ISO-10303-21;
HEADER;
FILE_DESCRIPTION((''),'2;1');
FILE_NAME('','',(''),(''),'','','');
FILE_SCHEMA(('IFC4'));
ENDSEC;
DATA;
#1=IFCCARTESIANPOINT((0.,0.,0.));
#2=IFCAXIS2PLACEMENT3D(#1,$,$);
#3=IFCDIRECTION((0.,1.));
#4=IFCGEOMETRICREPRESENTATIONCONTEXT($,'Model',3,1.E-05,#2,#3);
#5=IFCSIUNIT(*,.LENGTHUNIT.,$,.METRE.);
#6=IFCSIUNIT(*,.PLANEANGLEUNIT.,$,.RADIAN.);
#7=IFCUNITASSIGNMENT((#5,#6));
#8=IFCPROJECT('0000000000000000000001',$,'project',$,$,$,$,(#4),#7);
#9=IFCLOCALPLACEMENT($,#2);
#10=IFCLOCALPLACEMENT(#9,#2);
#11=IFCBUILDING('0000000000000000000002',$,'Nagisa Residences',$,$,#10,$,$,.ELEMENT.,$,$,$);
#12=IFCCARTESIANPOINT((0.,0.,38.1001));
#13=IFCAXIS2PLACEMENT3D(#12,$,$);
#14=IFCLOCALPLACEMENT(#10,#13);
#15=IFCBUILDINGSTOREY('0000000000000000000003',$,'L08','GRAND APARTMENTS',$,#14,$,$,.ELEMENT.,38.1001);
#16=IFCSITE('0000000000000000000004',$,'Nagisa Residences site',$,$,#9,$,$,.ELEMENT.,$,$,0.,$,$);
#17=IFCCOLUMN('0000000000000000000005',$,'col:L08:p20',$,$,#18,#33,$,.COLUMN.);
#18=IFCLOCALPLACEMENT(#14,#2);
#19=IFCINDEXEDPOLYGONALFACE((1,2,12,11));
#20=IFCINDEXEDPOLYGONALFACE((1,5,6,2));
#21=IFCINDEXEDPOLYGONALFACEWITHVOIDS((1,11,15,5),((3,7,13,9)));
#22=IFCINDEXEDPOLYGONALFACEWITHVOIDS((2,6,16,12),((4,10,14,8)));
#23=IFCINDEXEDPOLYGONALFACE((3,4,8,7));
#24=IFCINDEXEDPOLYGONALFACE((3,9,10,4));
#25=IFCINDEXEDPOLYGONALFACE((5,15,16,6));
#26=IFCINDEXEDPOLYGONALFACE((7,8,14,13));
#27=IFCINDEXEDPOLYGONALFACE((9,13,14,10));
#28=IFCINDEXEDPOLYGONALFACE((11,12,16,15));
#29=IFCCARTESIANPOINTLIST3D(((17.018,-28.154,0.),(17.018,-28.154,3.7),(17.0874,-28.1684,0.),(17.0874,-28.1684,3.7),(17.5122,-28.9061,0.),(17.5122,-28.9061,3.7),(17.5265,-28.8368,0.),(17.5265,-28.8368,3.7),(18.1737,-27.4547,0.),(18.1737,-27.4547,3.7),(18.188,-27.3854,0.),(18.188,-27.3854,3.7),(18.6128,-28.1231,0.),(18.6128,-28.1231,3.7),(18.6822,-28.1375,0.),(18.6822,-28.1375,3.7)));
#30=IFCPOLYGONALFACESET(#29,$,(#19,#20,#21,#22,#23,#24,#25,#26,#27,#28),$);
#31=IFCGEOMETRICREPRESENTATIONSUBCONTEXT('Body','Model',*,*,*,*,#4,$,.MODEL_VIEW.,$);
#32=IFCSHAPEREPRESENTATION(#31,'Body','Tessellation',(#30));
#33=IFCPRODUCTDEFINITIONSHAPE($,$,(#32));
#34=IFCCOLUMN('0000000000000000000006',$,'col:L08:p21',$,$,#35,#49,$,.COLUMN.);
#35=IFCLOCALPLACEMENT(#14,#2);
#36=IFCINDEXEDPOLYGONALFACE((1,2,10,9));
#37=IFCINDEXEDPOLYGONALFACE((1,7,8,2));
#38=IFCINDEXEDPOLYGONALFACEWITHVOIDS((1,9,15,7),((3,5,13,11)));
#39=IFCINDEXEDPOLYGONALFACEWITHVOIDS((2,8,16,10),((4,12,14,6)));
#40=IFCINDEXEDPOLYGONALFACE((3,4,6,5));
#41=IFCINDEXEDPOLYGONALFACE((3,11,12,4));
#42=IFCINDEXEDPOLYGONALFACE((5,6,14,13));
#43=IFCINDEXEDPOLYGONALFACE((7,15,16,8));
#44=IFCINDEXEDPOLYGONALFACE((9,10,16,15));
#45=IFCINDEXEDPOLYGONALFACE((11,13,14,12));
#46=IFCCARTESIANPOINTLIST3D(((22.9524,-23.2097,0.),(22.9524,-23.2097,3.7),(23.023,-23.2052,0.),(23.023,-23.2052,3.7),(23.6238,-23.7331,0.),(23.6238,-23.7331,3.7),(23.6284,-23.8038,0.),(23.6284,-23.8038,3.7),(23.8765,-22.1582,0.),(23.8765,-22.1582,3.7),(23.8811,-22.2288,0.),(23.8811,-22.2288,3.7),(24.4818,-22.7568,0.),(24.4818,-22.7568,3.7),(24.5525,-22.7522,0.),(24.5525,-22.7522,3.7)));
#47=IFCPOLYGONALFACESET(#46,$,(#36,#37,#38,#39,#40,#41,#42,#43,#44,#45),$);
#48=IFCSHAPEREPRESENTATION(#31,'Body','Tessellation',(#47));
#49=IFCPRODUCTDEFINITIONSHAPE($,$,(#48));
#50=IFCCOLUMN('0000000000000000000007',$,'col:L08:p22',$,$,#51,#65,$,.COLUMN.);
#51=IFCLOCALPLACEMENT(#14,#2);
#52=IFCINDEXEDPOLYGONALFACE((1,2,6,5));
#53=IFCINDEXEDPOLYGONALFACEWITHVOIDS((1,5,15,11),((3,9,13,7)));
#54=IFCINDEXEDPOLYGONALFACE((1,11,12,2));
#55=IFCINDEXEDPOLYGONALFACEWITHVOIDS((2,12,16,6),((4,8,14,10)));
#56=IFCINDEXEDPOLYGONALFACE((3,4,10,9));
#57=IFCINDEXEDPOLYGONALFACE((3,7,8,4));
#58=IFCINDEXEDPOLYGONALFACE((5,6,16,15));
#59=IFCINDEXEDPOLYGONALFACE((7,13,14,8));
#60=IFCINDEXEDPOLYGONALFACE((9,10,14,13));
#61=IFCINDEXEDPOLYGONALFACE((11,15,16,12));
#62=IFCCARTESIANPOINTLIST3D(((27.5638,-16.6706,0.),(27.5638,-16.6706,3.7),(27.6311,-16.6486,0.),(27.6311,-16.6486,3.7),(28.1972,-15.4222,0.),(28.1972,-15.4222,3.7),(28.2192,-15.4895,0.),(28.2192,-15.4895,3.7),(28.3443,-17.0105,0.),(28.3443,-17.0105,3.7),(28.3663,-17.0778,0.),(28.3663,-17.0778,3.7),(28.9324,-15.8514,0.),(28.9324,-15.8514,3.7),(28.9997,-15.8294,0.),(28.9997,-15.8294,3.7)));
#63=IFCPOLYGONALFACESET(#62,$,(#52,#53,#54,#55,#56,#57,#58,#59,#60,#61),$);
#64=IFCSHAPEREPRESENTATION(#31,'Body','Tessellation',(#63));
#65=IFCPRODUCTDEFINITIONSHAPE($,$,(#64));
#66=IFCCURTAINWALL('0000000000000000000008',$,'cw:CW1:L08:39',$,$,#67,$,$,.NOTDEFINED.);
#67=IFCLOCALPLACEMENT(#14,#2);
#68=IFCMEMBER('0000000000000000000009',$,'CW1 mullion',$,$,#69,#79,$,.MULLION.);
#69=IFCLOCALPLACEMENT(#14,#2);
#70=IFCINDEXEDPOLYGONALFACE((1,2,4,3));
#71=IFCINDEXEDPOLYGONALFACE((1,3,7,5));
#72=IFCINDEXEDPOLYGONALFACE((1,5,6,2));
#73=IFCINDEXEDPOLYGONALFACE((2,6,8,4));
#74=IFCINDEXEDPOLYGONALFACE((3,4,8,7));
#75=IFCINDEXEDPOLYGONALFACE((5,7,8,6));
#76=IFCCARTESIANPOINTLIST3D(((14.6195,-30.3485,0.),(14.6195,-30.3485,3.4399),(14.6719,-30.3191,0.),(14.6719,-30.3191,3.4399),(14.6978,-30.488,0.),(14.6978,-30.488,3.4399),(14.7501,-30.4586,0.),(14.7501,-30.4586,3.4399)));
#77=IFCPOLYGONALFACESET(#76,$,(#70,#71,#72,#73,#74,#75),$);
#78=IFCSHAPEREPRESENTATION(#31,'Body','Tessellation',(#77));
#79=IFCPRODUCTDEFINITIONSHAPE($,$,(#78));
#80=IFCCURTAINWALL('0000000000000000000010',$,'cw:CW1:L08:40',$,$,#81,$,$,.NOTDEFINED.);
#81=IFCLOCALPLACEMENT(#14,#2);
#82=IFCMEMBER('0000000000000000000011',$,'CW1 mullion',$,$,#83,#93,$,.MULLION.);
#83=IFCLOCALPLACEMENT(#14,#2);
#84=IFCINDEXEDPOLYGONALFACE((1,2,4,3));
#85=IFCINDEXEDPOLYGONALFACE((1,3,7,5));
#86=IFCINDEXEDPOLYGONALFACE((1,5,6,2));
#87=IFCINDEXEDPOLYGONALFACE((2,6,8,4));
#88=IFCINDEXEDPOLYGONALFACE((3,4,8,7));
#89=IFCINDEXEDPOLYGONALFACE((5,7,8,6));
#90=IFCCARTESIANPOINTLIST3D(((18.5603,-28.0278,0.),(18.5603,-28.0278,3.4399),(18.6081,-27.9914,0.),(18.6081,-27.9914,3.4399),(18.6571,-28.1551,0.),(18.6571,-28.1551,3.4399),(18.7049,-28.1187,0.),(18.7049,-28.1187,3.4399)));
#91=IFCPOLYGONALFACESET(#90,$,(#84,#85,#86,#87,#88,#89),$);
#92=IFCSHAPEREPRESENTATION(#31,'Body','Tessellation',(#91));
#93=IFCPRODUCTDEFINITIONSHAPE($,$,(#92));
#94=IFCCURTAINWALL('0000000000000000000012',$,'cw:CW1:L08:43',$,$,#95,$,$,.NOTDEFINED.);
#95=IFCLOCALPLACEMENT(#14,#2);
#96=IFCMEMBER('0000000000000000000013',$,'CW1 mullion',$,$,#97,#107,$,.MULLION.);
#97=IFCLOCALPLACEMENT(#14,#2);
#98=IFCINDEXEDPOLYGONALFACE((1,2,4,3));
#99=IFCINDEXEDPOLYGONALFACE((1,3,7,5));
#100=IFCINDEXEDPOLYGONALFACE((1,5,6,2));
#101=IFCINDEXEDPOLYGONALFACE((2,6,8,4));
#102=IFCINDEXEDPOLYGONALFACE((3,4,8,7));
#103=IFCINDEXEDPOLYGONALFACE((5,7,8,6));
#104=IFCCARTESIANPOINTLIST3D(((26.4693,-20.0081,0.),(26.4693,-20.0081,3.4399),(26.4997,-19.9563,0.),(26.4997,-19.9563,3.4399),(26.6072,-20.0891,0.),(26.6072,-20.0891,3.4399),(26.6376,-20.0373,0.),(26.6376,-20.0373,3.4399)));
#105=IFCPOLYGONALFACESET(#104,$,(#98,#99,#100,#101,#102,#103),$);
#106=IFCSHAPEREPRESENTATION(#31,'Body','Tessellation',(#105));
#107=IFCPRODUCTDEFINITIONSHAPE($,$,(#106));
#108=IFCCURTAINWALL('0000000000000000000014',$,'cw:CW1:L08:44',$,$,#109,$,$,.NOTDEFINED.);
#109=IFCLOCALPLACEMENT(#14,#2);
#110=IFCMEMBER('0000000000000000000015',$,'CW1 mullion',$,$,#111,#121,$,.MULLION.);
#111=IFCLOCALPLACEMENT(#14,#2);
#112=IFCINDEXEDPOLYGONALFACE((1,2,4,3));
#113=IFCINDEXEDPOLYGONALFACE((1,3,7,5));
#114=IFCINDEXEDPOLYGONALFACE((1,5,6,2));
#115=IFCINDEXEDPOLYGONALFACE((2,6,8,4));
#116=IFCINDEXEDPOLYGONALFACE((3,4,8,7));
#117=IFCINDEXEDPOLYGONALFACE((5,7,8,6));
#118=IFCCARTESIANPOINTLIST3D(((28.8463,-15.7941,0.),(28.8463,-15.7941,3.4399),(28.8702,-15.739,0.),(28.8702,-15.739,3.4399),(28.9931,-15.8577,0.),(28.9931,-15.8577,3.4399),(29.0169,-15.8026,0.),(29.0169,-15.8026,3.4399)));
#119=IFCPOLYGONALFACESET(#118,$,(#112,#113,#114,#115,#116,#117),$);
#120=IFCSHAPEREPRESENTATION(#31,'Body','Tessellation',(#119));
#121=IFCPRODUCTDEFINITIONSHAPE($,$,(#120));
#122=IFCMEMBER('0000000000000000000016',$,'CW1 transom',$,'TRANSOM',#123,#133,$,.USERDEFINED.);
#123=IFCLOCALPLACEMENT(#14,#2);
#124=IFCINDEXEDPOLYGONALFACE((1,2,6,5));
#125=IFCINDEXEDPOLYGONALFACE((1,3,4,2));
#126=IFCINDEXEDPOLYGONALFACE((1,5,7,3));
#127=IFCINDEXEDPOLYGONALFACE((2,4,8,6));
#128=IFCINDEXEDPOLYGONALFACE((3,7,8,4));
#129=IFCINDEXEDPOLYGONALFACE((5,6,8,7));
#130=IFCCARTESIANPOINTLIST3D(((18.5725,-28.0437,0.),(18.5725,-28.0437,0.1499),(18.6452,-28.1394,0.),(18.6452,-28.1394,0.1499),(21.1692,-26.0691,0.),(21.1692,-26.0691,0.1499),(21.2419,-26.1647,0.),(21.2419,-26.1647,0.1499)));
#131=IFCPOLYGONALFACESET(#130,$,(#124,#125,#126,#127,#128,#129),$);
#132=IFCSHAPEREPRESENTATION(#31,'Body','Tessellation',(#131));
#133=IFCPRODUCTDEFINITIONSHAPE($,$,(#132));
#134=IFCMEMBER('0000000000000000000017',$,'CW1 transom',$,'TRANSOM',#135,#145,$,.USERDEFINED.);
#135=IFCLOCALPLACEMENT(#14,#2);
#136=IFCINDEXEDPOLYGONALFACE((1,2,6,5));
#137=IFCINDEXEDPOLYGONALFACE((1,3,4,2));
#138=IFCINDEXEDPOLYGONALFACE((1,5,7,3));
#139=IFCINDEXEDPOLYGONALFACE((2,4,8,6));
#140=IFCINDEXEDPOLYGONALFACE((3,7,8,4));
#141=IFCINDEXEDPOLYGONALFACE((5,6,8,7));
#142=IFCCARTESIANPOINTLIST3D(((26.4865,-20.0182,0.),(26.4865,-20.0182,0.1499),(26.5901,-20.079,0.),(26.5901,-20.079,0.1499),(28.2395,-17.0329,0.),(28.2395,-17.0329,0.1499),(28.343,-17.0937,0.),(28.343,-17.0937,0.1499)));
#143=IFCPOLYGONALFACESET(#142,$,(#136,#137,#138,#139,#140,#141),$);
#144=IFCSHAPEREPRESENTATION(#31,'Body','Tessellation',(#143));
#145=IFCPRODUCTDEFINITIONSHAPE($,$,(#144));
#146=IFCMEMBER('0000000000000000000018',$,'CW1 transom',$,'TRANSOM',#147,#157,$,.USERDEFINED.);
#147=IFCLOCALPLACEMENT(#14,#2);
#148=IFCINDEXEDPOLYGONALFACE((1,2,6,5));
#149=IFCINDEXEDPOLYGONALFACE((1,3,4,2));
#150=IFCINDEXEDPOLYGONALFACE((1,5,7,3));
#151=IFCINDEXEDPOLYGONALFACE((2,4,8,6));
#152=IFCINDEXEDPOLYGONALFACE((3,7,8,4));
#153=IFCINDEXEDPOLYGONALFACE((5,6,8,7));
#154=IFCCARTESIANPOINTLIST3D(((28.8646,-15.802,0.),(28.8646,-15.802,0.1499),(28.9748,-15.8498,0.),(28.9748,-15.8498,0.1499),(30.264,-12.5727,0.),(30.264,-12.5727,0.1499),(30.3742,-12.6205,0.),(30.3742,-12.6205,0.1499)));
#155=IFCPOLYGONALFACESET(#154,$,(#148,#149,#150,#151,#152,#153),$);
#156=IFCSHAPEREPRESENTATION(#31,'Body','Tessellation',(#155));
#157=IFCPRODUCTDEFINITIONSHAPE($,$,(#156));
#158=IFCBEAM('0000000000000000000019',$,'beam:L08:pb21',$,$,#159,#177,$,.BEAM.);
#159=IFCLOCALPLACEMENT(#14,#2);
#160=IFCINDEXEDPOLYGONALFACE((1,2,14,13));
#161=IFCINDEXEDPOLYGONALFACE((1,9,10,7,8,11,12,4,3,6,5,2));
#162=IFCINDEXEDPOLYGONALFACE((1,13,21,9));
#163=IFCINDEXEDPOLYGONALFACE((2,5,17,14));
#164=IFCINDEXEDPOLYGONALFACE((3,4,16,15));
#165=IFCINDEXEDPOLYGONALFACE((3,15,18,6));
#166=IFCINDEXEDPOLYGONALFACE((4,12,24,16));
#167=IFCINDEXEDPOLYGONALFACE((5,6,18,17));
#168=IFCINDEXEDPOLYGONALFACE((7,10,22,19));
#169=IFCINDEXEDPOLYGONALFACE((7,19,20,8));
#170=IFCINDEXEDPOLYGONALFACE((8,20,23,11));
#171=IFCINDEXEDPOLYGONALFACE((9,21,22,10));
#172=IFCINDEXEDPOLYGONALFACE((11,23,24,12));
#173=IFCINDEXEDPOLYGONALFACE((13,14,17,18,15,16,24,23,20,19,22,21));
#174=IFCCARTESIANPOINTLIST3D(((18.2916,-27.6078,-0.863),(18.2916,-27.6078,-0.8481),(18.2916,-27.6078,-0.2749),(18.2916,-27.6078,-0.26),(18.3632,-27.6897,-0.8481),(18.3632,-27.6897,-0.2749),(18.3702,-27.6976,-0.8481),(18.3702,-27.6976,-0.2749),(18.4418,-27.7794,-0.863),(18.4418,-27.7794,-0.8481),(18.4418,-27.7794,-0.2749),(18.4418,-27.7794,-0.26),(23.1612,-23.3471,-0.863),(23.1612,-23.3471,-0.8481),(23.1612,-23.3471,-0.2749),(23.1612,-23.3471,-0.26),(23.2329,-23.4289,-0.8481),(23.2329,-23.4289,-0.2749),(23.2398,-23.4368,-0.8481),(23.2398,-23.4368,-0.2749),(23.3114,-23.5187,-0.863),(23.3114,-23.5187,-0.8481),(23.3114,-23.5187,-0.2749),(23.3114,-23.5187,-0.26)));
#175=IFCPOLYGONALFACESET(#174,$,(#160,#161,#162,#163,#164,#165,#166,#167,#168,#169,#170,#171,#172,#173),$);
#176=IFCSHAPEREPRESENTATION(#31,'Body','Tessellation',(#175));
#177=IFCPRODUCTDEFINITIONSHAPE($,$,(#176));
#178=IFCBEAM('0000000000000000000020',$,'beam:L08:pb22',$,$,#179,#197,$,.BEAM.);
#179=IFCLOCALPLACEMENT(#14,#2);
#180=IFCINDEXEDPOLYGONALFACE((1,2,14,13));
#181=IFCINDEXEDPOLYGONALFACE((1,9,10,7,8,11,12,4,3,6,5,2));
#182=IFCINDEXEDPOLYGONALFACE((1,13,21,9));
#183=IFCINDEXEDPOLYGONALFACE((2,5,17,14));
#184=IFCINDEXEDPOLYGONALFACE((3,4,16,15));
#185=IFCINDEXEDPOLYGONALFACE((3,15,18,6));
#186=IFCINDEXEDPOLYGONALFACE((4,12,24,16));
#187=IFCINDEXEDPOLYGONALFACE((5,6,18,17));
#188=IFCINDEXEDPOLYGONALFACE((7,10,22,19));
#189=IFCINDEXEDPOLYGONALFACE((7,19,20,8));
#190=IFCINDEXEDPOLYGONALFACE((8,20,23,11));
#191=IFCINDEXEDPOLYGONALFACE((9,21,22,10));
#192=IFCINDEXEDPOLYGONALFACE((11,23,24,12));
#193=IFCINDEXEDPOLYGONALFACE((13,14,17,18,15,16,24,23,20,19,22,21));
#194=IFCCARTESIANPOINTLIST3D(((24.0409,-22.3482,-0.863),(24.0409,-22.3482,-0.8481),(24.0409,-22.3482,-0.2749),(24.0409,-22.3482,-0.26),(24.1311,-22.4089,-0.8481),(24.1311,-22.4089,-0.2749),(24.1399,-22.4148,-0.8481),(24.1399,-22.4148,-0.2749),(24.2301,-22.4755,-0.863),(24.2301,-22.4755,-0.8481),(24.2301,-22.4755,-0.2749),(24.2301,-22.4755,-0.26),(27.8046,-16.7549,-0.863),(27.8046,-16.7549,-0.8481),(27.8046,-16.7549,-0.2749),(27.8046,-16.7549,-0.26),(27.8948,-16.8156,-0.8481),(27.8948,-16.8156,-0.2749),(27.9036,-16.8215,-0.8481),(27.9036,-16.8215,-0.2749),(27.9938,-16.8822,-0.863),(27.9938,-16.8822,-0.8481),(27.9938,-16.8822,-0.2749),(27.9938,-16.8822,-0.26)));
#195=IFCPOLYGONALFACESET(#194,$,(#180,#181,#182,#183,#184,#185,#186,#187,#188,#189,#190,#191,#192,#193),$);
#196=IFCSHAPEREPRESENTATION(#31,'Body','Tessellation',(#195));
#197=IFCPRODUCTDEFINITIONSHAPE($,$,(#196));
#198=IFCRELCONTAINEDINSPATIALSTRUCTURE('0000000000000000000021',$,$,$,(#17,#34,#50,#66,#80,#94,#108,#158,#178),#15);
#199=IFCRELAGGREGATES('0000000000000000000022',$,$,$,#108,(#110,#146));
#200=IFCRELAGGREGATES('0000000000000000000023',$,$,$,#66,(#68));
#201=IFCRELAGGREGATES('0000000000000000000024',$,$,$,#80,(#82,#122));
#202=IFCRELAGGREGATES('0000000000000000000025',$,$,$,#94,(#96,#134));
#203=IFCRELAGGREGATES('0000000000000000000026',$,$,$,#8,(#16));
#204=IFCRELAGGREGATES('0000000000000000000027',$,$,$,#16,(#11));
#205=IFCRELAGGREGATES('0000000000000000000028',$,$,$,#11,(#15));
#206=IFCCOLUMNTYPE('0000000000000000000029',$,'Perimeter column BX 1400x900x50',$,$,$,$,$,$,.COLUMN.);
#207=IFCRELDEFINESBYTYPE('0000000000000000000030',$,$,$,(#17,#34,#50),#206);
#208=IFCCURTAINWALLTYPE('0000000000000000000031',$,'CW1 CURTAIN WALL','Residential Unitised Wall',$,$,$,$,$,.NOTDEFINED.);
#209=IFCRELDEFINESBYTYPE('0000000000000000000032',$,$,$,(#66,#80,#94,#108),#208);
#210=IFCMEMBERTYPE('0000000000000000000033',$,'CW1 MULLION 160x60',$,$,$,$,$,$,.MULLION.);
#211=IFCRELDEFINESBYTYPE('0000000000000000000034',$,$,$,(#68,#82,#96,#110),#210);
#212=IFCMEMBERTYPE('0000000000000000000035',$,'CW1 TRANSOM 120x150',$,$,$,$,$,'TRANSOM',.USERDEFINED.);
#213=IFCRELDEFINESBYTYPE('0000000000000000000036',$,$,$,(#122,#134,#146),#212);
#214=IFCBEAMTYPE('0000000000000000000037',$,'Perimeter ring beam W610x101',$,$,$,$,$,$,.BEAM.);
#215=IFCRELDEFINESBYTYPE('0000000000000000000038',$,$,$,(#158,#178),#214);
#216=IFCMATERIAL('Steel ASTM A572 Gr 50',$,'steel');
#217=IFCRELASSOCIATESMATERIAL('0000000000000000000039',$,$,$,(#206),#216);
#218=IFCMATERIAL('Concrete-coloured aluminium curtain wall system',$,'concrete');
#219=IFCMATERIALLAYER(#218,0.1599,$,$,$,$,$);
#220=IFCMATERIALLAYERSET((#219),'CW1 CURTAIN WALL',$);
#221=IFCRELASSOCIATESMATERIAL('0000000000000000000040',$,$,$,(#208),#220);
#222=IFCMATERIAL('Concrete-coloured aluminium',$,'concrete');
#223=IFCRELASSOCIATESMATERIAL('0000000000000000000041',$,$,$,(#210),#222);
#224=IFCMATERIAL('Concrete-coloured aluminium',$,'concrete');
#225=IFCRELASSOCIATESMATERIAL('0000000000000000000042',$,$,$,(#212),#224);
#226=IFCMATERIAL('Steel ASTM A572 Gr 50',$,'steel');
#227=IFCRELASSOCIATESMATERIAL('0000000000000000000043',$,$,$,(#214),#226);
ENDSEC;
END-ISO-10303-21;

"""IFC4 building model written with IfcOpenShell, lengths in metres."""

from ifc_helpers import new_model, si_unit, direction, frame, origin, origin_2d, place, context, subcontext, project, spatial, rectangle, hollow_rectangle, i_section, extrude, material, layer, layer_set, material_profile, profile_set, type_object, element, aggregate, save


model = new_model("IFC4")

# Units and contexts
model_context = context("Model", 3, precision=1e-05, world=origin(), true_north=direction((0.0, 1.0)))
body_context = subcontext(model_context, "Body", "Model", "MODEL_VIEW")
ifc_project = project(units=[si_unit("LENGTHUNIT", "METRE"), si_unit("PLANEANGLEUNIT", "RADIAN")], contexts=[model_context])

# Site, building, storey
site_placement = place(None, origin())
site = spatial("IfcSite", under=ifc_project, at=site_placement, Name="Nagisa Residences site", CompositionType="ELEMENT", RefElevation=0.0)
building_placement = place(site_placement, origin())
building = spatial("IfcBuilding", under=site, at=building_placement, Name="Nagisa Residences", CompositionType="ELEMENT")
storey_placement = place(building_placement, frame((0.0, 0.0, 38.1001)))
storey = spatial("IfcBuildingStorey", under=building, at=storey_placement, Name="L08", Description="GRAND APARTMENTS", CompositionType="ELEMENT", Elevation=38.1001)

# Columns
ifc_material_1 = material(Name="Steel ASTM A572 Gr 50", Category="steel")
ifc_material_profile_1 = material_profile(ifc_material_1, hollow_rectangle(XDim=1.3999, YDim=0.8999, WallThickness=0.05, at=origin_2d()), Name="BX 1400x900x50")
ifc_profile_set_1 = profile_set([ifc_material_profile_1], Name="Steel ASTM A572 Gr 50")
column_type = type_object("IfcColumnType", Name="Perimeter column BX 1400x900x50", PredefinedType="COLUMN", material=ifc_profile_set_1)
for number, where, z_axis, x_axis, name in (
    (1, (17.8501, -28.1458, 0.0), (0.0, 0.0, 1.0), (0.835766, 0.549086, 0.0), "col:L08:p20"),
    (2, (23.7524, -22.981, 0.0), (0.0, 0.0, 1.0), (0.660115, 0.751165, 0.0), "col:L08:p21"),
    (3, (28.2817, -16.25, 0.0), (0.0, 0.0, 1.0), (0.452463, 0.891783, 0.0), "col:L08:p22"),
):
    element("IfcColumn", number, at=place(storey_placement, frame(where, z_axis=z_axis, x_axis=x_axis)), inside=storey, type_object=column_type, Name=name, PredefinedType="COLUMN", context=body_context, shape_type="SweptSolid", body=[
        extrude(hollow_rectangle(XDim=1.3999, YDim=0.8999, WallThickness=0.05, at=origin_2d()), origin(), (0.0, 0.0, 1.0), 3.7),
    ])

# Curtain walls, members
ifc_material_2 = material(Name="Concrete-coloured aluminium curtain wall system", Category="concrete")
ifc_layer_1 = layer(ifc_material_2, 0.1599)
ifc_layer_set_1 = layer_set([ifc_layer_1], Name="CW1 CURTAIN WALL")
curtain_wall_type = type_object("IfcCurtainWallType", Name="CW1 CURTAIN WALL", Description="Residential Unitised Wall", PredefinedType="NOTDEFINED", material=ifc_layer_set_1)
curtain_wall_1_placement = place(storey_placement, origin())
curtain_wall_1 = element("IfcCurtainWall", 4, at=curtain_wall_1_placement, inside=storey, type_object=curtain_wall_type, Name="cw:CW1:L08:39", PredefinedType="NOTDEFINED")
ifc_material_3 = material(Name="Concrete-coloured aluminium", Category="concrete")
ifc_material_profile_2 = material_profile(ifc_material_3, rectangle(XDim=0.1599, YDim=0.0601, at=origin_2d()), Name="CW1 MULLION 160x60")
ifc_profile_set_2 = profile_set([ifc_material_profile_2], Name="Concrete-coloured aluminium")
member_type_1 = type_object("IfcMemberType", Name="CW1 MULLION 160x60", PredefinedType="MULLION", material=ifc_profile_set_2)
member_1_placement = place(storey_placement, frame((14.6848, -30.4036, 0.0), z_axis=(0.0, 0.0, 1.0), x_axis=(-0.489377, 0.872072, 0.0)))
member_1 = element("IfcMember", 5, at=member_1_placement, type_object=member_type_1, Name="CW1 mullion", PredefinedType="MULLION", context=body_context, shape_type="SweptSolid", body=[
    extrude(rectangle(XDim=0.1599, YDim=0.0601, at=origin_2d()), origin(), (0.0, 0.0, 1.0), 3.4399),
])
curtain_wall_2_placement = place(storey_placement, origin())
curtain_wall_2 = element("IfcCurtainWall", 6, at=curtain_wall_2_placement, inside=storey, type_object=curtain_wall_type, Name="cw:CW1:L08:40", PredefinedType="NOTDEFINED")
member_2_placement = place(storey_placement, frame((18.6326, -28.0732, 0.0), z_axis=(0.0, 0.0, 1.0), x_axis=(-0.605255, 0.796031, 0.0)))
member_2 = element("IfcMember", 7, at=member_2_placement, type_object=member_type_1, Name="CW1 mullion", PredefinedType="MULLION", context=body_context, shape_type="SweptSolid", body=[
    extrude(rectangle(XDim=0.1599, YDim=0.0601, at=origin_2d()), origin(), (0.0, 0.0, 1.0), 3.4399),
])
curtain_wall_3_placement = place(storey_placement, origin())
curtain_wall_3 = element("IfcCurtainWall", 8, at=curtain_wall_3_placement, inside=storey, type_object=curtain_wall_type, Name="cw:CW1:L08:43", PredefinedType="NOTDEFINED")
member_3_placement = place(storey_placement, frame((26.5535, -20.0227, 0.0), z_axis=(0.0, 0.0, 1.0), x_axis=(-0.862329, 0.506349, 0.0)))
member_3 = element("IfcMember", 9, at=member_3_placement, type_object=member_type_1, Name="CW1 mullion", PredefinedType="MULLION", context=body_context, shape_type="SweptSolid", body=[
    extrude(rectangle(XDim=0.1599, YDim=0.0601, at=origin_2d()), origin(), (0.0, 0.0, 1.0), 3.4399),
])
curtain_wall_4_placement = place(storey_placement, origin())
curtain_wall_4 = element("IfcCurtainWall", 10, at=curtain_wall_4_placement, inside=storey, type_object=curtain_wall_type, Name="cw:CW1:L08:44", PredefinedType="NOTDEFINED")
member_4_placement = place(storey_placement, frame((28.9316, -15.7983, 0.0), z_axis=(0.0, 0.0, 1.0), x_axis=(-0.917543, 0.397636, 0.0)))
member_4 = element("IfcMember", 11, at=member_4_placement, type_object=member_type_1, Name="CW1 mullion", PredefinedType="MULLION", context=body_context, shape_type="SweptSolid", body=[
    extrude(rectangle(XDim=0.1599, YDim=0.0601, at=origin_2d()), origin(), (0.0, 0.0, 1.0), 3.4399),
])

# Members
ifc_material_4 = material(Name="Concrete-coloured aluminium", Category="concrete")
ifc_material_profile_3 = material_profile(ifc_material_4, rectangle(XDim=0.1201, YDim=0.1499, at=origin_2d()), Name="CW1 TRANSOM 120x150")
ifc_profile_set_3 = profile_set([ifc_material_profile_3], Name="Concrete-coloured aluminium")
member_type_2 = type_object("IfcMemberType", Name="CW1 TRANSOM 120x150", ElementType="TRANSOM", PredefinedType="USERDEFINED", material=ifc_profile_set_3)
member_5_placement = place(storey_placement, frame((18.6089, -28.0916, 0.075), z_axis=(0.795995, 0.605303, 0.0), x_axis=(-0.605303, 0.795995, 0.0)))
member_5 = element("IfcMember", 12, at=member_5_placement, type_object=member_type_2, Name="CW1 transom", ObjectType="TRANSOM", PredefinedType="USERDEFINED", context=body_context, shape_type="SweptSolid", body=[
    extrude(rectangle(XDim=0.1201, YDim=0.1499, at=origin_2d()), origin(), (0.0, 0.0, 1.0), 3.2622),
])
member_6_placement = place(storey_placement, frame((26.5383, -20.0486, 0.075), z_axis=(0.506342, 0.862333, 0.0), x_axis=(-0.862333, 0.506342, 0.0)))
member_6 = element("IfcMember", 13, at=member_6_placement, type_object=member_type_2, Name="CW1 transom", ObjectType="TRANSOM", PredefinedType="USERDEFINED", context=body_context, shape_type="SweptSolid", body=[
    extrude(rectangle(XDim=0.1201, YDim=0.1499, at=origin_2d()), origin(), (0.0, 0.0, 1.0), 3.4619),
])
member_7_placement = place(storey_placement, frame((28.9197, -15.8259, 0.075), z_axis=(0.397625, 0.917548, 0.0), x_axis=(-0.917548, 0.397625, 0.0)))
member_7 = element("IfcMember", 14, at=member_7_placement, type_object=member_type_2, Name="CW1 transom", ObjectType="TRANSOM", PredefinedType="USERDEFINED", context=body_context, shape_type="SweptSolid", body=[
    extrude(rectangle(XDim=0.1201, YDim=0.1499, at=origin_2d()), origin(), (0.0, 0.0, 1.0), 3.5195),
])
aggregate(curtain_wall_4, [member_4, member_7])

# Beams
ifc_material_5 = material(Name="Steel ASTM A572 Gr 50", Category="steel")
ifc_material_profile_4 = material_profile(ifc_material_5, i_section(OverallWidth=0.228, OverallDepth=0.603, WebThickness=0.0105, FlangeThickness=0.0149, at=origin_2d()), Name="W610x101")
ifc_profile_set_4 = profile_set([ifc_material_profile_4], Name="Steel ASTM A572 Gr 50")
beam_type_1 = type_object("IfcBeamType", Name="Perimeter ring beam W610x101", PredefinedType="BEAM", material=ifc_profile_set_4)
beam_1_placement = place(storey_placement, frame((18.3667, -27.6936, -0.5615), z_axis=(0.752591, 0.658489, 0.0), x_axis=(-0.658489, 0.752591, 0.0)))
element("IfcBeam", 15, at=beam_1_placement, inside=storey, type_object=beam_type_1, Name="beam:L08:pb21", PredefinedType="BEAM", context=body_context, shape_type="SweptSolid", body=[
    extrude(i_section(OverallWidth=0.228, OverallDepth=0.603, WebThickness=0.0105, FlangeThickness=0.0149, at=origin_2d()), origin(), (0.0, 0.0, 1.0), 6.4705),
])
beam_2_placement = place(storey_placement, frame((24.1355, -22.4119, -0.5615), z_axis=(0.558272, 0.829658, 0.0), x_axis=(-0.829658, 0.558272, 0.0)))
element("IfcBeam", 16, at=beam_2_placement, inside=storey, type_object=beam_type_1, Name="beam:L08:pb22", PredefinedType="BEAM", context=body_context, shape_type="SweptSolid", body=[
    extrude(i_section(OverallWidth=0.228, OverallDepth=0.603, WebThickness=0.0105, FlangeThickness=0.0149, at=origin_2d()), origin(), (0.0, 0.0, 1.0), 6.7417),
])

aggregate(curtain_wall_1, [member_1])
aggregate(curtain_wall_2, [member_2, member_5])
aggregate(curtain_wall_3, [member_3, member_6])

save(model, "model.ifc")
